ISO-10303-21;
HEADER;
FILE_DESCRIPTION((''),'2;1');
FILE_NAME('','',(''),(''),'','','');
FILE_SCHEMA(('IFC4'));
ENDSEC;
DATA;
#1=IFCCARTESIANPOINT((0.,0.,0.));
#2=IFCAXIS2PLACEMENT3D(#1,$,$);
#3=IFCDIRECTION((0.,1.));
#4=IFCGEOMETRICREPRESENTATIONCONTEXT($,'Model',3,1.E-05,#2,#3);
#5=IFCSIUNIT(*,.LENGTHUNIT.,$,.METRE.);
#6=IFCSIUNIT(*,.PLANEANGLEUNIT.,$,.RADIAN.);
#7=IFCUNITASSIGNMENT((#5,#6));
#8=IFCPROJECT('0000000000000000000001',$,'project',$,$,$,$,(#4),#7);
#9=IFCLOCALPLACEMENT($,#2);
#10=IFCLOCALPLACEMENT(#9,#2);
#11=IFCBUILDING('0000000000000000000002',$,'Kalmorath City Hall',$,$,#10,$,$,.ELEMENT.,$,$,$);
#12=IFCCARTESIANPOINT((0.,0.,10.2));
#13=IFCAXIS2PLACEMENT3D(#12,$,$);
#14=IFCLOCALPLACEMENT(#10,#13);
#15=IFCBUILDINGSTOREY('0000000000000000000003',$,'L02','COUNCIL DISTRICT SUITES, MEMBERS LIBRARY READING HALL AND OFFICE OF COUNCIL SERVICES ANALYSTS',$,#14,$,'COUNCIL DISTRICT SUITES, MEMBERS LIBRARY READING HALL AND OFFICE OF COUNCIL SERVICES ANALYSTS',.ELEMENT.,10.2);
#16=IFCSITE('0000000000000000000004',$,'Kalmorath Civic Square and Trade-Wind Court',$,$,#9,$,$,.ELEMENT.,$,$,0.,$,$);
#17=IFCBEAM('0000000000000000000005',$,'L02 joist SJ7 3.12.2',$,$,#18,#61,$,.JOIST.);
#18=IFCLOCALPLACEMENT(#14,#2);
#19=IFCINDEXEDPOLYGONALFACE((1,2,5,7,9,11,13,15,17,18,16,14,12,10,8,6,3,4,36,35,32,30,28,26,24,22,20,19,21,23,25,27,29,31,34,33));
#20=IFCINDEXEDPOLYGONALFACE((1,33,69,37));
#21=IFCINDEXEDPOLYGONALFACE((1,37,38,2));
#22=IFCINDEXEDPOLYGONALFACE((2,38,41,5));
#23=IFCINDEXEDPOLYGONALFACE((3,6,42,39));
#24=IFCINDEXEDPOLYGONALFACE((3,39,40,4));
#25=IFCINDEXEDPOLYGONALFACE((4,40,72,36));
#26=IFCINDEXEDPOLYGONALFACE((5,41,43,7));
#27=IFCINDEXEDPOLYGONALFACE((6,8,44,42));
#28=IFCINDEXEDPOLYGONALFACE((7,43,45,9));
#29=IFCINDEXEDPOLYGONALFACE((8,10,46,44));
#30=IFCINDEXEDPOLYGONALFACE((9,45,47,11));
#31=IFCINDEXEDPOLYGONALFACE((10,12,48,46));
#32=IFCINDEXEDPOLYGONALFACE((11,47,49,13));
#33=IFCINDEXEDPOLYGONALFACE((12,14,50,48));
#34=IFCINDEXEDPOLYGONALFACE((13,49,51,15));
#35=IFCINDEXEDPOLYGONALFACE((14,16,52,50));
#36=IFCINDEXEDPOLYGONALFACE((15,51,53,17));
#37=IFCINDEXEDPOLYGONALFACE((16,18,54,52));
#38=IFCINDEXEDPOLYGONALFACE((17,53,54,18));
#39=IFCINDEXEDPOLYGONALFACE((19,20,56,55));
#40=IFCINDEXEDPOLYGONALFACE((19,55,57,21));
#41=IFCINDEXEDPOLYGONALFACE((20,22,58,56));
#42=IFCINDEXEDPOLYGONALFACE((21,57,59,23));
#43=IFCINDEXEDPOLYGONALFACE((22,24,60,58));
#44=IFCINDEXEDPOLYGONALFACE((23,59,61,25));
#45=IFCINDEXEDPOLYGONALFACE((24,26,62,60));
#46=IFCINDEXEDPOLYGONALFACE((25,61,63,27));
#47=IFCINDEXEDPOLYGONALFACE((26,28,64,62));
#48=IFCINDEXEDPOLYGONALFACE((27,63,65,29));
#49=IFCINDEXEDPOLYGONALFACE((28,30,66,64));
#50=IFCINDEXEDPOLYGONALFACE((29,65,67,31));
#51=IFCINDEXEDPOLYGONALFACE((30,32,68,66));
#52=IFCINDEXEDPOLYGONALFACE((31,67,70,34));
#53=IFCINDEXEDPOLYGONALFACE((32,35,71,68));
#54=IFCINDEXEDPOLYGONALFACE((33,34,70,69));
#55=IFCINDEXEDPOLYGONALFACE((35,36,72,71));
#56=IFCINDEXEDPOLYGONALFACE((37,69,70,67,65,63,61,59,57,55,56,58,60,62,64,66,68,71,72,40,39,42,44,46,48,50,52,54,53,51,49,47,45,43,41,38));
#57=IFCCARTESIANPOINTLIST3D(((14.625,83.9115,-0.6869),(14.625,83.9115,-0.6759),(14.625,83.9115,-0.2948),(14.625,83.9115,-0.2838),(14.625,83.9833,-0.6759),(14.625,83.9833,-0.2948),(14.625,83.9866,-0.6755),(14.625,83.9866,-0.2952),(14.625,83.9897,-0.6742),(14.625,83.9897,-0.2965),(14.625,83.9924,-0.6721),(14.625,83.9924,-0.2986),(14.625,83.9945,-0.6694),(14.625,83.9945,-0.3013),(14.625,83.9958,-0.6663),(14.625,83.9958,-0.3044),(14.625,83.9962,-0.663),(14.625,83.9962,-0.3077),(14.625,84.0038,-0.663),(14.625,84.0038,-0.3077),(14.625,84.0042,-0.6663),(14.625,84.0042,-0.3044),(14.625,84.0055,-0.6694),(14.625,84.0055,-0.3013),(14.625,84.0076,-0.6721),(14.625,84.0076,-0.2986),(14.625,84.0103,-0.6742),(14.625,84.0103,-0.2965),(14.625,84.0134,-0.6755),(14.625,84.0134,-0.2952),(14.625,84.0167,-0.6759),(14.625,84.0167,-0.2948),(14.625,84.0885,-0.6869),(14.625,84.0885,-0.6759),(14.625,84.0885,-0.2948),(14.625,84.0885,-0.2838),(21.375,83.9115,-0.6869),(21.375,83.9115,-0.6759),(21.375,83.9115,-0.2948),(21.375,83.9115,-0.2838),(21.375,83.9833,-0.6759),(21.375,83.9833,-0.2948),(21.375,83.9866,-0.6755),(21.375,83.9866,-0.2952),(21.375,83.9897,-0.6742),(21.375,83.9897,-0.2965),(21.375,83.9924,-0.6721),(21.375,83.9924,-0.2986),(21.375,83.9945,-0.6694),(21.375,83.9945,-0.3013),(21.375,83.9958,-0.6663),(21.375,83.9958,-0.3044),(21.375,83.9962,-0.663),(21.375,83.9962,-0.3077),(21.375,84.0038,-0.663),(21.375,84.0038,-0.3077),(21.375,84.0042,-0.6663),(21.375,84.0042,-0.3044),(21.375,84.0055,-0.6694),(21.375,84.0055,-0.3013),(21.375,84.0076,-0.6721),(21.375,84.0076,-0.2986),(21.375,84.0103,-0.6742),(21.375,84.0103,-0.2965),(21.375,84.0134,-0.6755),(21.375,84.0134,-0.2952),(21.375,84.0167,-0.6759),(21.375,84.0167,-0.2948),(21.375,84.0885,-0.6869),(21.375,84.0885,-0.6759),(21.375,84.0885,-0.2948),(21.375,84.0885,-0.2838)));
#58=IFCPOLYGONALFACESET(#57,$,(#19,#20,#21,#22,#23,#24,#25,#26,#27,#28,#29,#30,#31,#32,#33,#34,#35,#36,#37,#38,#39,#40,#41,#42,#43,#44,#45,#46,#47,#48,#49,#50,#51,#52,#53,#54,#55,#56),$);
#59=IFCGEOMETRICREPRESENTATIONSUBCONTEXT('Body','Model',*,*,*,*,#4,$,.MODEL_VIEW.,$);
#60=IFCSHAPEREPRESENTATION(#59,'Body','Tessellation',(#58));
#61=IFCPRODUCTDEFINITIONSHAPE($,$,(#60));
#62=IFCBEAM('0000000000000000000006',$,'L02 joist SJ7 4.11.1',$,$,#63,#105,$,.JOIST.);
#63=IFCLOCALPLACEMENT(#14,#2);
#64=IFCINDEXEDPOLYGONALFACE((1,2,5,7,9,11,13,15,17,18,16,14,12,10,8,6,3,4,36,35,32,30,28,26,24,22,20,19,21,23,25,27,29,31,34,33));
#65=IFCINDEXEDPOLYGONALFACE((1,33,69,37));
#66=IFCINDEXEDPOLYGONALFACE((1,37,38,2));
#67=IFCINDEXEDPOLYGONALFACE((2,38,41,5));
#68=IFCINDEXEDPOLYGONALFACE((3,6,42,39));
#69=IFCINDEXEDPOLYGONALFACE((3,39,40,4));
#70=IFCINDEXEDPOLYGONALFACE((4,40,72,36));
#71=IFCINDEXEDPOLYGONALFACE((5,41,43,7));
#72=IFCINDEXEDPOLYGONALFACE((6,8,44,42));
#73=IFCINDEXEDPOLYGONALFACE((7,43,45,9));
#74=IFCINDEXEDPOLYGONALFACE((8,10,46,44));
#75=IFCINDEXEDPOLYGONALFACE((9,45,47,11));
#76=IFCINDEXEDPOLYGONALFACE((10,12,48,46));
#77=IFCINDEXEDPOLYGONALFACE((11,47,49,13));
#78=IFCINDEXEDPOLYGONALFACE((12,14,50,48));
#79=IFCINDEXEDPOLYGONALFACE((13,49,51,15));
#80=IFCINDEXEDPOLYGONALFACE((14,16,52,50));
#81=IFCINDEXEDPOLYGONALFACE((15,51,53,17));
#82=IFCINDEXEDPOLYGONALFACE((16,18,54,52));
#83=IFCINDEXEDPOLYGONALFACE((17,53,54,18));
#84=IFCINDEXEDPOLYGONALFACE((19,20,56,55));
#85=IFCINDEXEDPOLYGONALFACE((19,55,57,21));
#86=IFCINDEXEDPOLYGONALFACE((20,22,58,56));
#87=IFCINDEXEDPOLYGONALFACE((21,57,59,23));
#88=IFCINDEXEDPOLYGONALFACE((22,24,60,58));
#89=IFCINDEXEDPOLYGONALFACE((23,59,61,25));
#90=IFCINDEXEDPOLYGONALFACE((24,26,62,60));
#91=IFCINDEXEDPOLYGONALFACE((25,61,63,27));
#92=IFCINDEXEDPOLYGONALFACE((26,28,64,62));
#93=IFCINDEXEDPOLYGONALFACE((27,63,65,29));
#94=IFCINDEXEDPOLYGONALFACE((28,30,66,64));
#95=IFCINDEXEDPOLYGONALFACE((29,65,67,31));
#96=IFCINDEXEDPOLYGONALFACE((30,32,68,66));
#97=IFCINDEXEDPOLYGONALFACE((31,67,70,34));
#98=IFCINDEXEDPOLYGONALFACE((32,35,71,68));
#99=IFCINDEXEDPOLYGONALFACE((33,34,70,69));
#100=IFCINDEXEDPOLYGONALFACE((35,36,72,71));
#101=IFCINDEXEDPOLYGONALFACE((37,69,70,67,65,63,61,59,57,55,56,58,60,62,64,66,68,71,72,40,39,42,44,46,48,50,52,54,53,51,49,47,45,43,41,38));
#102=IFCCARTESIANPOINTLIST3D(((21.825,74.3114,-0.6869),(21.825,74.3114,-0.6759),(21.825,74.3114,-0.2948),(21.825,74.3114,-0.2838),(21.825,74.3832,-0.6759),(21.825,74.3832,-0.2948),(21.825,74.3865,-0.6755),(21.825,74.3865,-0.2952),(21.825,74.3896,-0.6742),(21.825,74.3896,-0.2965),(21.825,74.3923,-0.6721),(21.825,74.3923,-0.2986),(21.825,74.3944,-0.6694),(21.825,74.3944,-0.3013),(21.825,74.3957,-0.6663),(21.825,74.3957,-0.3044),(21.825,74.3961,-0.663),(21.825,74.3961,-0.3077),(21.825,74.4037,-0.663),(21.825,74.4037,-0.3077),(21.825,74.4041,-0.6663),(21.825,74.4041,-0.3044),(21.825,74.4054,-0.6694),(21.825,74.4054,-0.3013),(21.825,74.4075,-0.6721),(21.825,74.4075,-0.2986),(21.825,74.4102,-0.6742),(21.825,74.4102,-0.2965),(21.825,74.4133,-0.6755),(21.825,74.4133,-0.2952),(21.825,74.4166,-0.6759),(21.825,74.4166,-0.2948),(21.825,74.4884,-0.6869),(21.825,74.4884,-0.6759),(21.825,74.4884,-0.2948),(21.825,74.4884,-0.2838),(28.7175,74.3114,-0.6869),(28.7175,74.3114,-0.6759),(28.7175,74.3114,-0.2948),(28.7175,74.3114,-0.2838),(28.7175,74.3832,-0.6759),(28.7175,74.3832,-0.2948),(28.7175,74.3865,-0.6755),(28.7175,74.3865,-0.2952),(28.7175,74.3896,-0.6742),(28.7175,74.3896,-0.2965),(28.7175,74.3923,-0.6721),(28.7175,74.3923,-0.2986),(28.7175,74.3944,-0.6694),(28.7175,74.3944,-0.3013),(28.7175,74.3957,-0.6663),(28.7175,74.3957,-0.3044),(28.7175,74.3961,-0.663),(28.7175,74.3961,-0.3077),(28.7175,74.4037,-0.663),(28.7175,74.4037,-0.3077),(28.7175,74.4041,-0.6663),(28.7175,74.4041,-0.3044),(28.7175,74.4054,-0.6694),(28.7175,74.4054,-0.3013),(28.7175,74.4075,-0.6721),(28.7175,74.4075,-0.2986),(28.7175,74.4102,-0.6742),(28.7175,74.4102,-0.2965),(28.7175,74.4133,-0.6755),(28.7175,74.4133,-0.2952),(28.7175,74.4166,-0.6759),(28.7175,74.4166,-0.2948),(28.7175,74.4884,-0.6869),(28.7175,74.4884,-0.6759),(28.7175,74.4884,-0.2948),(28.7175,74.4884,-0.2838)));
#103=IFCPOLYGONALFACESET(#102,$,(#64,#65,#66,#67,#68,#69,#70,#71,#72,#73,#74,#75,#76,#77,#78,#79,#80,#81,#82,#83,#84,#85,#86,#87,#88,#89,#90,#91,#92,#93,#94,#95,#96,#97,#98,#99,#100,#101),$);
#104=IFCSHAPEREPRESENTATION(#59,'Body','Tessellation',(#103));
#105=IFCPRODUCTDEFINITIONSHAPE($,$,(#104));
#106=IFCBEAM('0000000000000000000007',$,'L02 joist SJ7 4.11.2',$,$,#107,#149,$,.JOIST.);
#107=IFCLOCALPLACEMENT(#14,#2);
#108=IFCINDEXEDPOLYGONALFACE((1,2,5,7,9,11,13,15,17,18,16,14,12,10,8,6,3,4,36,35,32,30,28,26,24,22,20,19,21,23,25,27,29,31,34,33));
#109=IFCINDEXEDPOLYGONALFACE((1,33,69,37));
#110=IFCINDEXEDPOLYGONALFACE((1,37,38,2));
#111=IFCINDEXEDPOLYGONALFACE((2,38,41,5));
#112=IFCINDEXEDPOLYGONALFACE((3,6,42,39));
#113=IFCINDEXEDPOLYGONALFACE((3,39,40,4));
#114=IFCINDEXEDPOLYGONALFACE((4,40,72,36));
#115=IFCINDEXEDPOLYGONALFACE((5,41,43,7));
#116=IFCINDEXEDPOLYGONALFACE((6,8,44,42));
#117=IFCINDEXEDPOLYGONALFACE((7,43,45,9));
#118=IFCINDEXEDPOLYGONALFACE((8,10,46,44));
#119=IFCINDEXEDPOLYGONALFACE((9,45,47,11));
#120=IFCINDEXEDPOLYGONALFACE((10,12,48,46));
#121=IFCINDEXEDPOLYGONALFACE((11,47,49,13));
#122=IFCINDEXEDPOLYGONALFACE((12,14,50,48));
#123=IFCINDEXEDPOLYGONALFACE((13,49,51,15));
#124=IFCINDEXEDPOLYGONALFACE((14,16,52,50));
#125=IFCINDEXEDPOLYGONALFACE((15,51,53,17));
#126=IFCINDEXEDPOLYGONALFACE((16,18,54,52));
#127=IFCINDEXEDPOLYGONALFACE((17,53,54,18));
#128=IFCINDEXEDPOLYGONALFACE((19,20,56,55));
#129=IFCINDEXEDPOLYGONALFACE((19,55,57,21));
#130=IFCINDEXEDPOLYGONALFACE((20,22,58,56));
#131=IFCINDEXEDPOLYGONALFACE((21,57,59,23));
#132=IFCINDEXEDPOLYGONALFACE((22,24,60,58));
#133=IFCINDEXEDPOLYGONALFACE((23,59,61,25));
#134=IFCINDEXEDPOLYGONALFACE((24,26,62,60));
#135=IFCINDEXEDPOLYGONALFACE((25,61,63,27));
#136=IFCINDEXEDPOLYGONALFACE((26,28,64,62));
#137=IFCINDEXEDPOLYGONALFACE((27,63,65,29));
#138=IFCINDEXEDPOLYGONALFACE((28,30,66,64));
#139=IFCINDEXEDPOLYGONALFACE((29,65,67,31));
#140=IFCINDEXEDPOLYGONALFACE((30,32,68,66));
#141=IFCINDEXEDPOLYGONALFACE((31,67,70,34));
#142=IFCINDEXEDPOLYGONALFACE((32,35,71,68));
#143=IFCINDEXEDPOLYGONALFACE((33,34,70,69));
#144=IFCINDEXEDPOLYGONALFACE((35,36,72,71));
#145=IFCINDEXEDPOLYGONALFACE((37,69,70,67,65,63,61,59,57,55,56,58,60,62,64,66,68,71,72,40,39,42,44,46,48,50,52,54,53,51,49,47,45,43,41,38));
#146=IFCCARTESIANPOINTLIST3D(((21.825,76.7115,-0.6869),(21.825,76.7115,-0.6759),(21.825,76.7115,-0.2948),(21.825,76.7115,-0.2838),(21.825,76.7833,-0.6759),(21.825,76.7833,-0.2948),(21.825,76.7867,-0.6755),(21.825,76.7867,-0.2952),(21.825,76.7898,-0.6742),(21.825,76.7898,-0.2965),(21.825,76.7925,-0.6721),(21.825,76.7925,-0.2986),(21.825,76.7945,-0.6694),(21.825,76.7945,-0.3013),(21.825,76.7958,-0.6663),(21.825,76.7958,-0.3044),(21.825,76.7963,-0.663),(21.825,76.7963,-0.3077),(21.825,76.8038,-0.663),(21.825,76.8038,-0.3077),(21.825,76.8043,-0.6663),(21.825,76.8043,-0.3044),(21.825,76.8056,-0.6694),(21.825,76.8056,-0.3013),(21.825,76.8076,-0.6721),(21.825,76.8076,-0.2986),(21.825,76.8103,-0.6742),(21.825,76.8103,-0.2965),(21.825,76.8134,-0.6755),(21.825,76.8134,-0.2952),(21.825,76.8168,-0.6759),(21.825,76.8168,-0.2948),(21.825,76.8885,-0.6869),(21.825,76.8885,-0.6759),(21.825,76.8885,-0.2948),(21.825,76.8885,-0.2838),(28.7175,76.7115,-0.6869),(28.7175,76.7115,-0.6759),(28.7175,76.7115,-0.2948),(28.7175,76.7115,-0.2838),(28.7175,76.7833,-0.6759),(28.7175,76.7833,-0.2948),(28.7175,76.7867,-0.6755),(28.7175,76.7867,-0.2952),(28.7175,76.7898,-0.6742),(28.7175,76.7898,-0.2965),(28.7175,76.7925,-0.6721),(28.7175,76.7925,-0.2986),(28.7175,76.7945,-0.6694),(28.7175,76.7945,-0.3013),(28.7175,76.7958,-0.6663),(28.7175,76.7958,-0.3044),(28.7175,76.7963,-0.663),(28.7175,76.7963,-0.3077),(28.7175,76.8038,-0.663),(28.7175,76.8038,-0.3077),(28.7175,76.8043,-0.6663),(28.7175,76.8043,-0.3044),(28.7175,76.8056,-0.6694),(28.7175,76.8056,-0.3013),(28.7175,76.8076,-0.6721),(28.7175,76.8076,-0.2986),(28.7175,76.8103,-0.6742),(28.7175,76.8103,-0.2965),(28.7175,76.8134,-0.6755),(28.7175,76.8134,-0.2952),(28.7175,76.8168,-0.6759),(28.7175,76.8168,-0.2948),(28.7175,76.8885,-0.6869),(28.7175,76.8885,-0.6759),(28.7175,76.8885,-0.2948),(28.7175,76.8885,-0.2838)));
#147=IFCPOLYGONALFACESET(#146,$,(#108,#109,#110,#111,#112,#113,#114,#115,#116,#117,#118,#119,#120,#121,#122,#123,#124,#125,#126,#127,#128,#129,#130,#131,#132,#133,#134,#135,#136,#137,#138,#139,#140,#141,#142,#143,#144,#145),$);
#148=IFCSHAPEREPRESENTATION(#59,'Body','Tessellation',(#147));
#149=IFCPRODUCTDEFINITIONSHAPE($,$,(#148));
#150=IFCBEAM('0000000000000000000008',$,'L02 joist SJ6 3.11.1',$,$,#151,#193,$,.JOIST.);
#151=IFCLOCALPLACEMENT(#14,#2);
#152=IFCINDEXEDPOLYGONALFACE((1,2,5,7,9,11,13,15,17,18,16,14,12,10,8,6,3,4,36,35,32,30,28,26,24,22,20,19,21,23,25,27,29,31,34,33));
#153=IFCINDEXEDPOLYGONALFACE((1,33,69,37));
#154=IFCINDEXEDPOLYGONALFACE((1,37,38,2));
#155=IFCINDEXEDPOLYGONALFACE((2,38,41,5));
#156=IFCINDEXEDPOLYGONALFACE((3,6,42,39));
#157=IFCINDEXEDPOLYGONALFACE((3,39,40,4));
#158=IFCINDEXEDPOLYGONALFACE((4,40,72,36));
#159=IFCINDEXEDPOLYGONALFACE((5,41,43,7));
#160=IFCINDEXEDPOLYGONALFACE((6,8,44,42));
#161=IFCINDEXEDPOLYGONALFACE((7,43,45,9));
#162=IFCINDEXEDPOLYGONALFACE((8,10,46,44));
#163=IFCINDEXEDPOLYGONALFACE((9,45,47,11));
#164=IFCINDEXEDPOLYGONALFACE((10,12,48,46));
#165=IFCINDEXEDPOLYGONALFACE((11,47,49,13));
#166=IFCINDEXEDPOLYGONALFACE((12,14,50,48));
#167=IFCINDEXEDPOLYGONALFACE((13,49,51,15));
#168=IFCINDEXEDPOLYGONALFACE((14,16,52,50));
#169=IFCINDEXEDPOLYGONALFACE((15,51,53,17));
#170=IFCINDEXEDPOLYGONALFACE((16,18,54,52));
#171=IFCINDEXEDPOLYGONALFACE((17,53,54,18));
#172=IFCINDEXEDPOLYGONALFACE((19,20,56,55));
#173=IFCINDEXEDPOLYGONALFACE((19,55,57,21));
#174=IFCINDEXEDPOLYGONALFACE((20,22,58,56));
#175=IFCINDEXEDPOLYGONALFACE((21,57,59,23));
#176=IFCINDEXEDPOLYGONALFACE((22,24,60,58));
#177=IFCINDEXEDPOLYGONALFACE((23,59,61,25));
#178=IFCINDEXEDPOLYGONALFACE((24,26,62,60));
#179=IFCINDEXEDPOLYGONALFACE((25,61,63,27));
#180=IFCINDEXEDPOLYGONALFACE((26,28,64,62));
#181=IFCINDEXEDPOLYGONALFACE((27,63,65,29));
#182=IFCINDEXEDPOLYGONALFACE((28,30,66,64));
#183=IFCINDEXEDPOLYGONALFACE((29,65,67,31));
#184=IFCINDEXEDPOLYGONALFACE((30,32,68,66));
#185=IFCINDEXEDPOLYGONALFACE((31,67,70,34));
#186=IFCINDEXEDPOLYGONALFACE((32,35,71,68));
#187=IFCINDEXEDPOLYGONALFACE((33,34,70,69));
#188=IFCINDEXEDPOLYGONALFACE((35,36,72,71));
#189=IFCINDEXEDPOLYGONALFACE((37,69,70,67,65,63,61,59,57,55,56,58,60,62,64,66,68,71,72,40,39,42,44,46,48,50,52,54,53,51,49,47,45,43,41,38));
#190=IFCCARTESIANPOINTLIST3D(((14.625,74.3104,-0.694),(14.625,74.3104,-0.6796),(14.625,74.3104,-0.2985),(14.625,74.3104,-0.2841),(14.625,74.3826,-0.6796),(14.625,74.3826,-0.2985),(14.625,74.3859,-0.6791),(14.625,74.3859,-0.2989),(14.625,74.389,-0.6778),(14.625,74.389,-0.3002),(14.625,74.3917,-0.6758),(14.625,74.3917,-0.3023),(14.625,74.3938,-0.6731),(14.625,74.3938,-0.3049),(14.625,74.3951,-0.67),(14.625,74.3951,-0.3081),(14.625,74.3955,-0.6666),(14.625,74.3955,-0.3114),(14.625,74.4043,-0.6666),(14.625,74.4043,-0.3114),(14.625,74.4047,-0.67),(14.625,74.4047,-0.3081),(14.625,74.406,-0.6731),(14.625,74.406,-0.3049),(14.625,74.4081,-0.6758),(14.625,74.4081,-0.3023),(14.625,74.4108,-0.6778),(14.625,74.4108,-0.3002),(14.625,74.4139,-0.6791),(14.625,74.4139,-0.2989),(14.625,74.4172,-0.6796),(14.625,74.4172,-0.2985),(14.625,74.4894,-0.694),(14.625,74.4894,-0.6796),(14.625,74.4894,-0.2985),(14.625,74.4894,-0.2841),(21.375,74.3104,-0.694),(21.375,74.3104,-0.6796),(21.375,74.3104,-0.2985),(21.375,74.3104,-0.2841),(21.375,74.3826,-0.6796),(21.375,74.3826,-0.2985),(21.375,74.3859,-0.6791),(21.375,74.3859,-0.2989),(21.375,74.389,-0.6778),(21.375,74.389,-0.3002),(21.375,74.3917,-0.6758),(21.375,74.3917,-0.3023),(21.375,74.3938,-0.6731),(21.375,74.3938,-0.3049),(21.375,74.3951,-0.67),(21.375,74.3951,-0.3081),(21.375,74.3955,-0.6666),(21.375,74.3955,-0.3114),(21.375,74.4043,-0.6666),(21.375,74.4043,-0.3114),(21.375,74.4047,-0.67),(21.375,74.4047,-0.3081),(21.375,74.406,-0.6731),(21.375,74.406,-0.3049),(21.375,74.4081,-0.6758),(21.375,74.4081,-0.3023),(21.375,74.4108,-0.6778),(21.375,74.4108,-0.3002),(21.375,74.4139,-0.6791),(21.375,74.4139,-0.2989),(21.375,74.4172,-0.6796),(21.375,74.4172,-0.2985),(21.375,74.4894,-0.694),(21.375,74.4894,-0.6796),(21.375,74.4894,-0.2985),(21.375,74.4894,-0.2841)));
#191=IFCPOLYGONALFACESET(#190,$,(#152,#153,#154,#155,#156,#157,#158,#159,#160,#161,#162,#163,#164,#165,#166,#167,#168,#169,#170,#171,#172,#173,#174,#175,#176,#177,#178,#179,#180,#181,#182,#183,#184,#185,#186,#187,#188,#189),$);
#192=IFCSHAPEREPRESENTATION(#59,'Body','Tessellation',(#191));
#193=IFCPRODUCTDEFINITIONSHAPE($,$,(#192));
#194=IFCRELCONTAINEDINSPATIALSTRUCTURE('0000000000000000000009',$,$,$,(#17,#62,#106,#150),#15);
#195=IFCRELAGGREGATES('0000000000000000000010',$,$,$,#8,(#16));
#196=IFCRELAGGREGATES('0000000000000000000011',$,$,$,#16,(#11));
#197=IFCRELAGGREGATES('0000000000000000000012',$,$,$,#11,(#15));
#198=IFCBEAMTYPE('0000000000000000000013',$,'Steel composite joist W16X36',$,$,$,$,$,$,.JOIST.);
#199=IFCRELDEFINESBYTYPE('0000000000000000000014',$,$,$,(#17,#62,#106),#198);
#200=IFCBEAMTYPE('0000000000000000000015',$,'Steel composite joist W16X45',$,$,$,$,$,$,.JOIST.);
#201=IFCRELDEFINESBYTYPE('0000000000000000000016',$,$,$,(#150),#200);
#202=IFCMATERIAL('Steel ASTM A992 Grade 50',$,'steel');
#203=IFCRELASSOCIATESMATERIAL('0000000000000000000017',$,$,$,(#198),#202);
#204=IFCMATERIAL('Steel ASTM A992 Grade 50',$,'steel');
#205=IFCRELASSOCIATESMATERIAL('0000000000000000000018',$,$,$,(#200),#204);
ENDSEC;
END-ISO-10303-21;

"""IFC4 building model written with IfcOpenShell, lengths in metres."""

from ifc_helpers import new_model, si_unit, direction, frame, origin, origin_2d, place, context, subcontext, project, spatial, i_section, extrude, material, material_profile, profile_set, type_object, element, save


model = new_model("IFC4")

# Units and contexts
model_context = context("Model", 3, precision=1e-05, world=origin(), true_north=direction((0.0, 1.0)))
body_context = subcontext(model_context, "Body", "Model", "MODEL_VIEW")
ifc_project = project(units=[si_unit("LENGTHUNIT", "METRE"), si_unit("PLANEANGLEUNIT", "RADIAN")], contexts=[model_context])

# Site, building, storey
site_placement = place(None, origin())
site = spatial("IfcSite", under=ifc_project, at=site_placement, Name="Kalmorath Civic Square and Trade-Wind Court", CompositionType="ELEMENT", RefElevation=0.0)
building_placement = place(site_placement, origin())
building = spatial("IfcBuilding", under=site, at=building_placement, Name="Kalmorath City Hall", CompositionType="ELEMENT")
storey_placement = place(building_placement, frame((0.0, 0.0, 10.2)))
storey = spatial("IfcBuildingStorey", under=building, at=storey_placement, Name="L02", Description="COUNCIL DISTRICT SUITES, MEMBERS LIBRARY READING HALL AND OFFICE OF COUNCIL SERVICES ANALYSTS", LongName="COUNCIL DISTRICT SUITES, MEMBERS LIBRARY READING HALL AND OFFICE OF COUNCIL SERVICES ANALYSTS", CompositionType="ELEMENT", Elevation=10.2)

# Beams
ifc_material_1 = material(Name="Steel ASTM A992 Grade 50", Category="steel")
ifc_material_profile_1 = material_profile(ifc_material_1, i_section(OverallWidth=0.177, OverallDepth=0.4031, WebThickness=0.0076, FlangeThickness=0.011, FilletRadius=0.0129, at=origin_2d()), Name="W16X36")
ifc_profile_set_1 = profile_set([ifc_material_profile_1], Name="Steel ASTM A992 Grade 50")
beam_type_1 = type_object("IfcBeamType", Name="Steel composite joist W16X36", PredefinedType="JOIST", material=ifc_profile_set_1)
for number, where, z_axis, x_axis, name in (
    (1, (14.625, 84.0, -0.4854), (1.0, 0.0, 0.0), (0.0, 1.0, 0.0), "L02 joist SJ7 3.12.2"),
):
    element("IfcBeam", number, at=place(storey_placement, frame(where, z_axis=z_axis, x_axis=x_axis)), inside=storey, type_object=beam_type_1, Name=name, PredefinedType="JOIST", context=body_context, shape_type="SweptSolid", body=[
        extrude(i_section(OverallWidth=0.177, OverallDepth=0.4031, WebThickness=0.0076, FlangeThickness=0.011, FilletRadius=0.0129, at=origin_2d()), origin(), (0.0, 0.0, 1.0), 6.75),
    ])
for number, where, z_axis, x_axis, name in (
    (2, (21.825, 74.3999, -0.4854), (1.0, 0.0, 0.0), (0.0, 1.0, 0.0), "L02 joist SJ7 4.11.1"),
    (3, (21.825, 76.8, -0.4854), (1.0, 0.0, 0.0), (0.0, 1.0, 0.0), "L02 joist SJ7 4.11.2"),
):
    element("IfcBeam", number, at=place(storey_placement, frame(where, z_axis=z_axis, x_axis=x_axis)), inside=storey, type_object=beam_type_1, Name=name, PredefinedType="JOIST", context=body_context, shape_type="SweptSolid", body=[
        extrude(i_section(OverallWidth=0.177, OverallDepth=0.4031, WebThickness=0.0076, FlangeThickness=0.011, FilletRadius=0.0129, at=origin_2d()), origin(), (0.0, 0.0, 1.0), 6.8926),
    ])
ifc_material_2 = material(Name="Steel ASTM A992 Grade 50", Category="steel")
ifc_material_profile_2 = material_profile(ifc_material_2, i_section(OverallWidth=0.179, OverallDepth=0.4099, WebThickness=0.0088, FlangeThickness=0.0144, FilletRadius=0.0129, at=origin_2d()), Name="W16X45")
ifc_profile_set_2 = profile_set([ifc_material_profile_2], Name="Steel ASTM A992 Grade 50")
beam_type_2 = type_object("IfcBeamType", Name="Steel composite joist W16X45", PredefinedType="JOIST", material=ifc_profile_set_2)
for number, where, z_axis, x_axis, name in (
    (4, (14.625, 74.3999, -0.489), (1.0, 0.0, 0.0), (0.0, 1.0, 0.0), "L02 joist SJ6 3.11.1"),
):
    element("IfcBeam", number, at=place(storey_placement, frame(where, z_axis=z_axis, x_axis=x_axis)), inside=storey, type_object=beam_type_2, Name=name, PredefinedType="JOIST", context=body_context, shape_type="SweptSolid", body=[
        extrude(i_section(OverallWidth=0.179, OverallDepth=0.4099, WebThickness=0.0088, FlangeThickness=0.0144, FilletRadius=0.0129, at=origin_2d()), origin(), (0.0, 0.0, 1.0), 6.75),
    ])

save(model, "model.ifc")
